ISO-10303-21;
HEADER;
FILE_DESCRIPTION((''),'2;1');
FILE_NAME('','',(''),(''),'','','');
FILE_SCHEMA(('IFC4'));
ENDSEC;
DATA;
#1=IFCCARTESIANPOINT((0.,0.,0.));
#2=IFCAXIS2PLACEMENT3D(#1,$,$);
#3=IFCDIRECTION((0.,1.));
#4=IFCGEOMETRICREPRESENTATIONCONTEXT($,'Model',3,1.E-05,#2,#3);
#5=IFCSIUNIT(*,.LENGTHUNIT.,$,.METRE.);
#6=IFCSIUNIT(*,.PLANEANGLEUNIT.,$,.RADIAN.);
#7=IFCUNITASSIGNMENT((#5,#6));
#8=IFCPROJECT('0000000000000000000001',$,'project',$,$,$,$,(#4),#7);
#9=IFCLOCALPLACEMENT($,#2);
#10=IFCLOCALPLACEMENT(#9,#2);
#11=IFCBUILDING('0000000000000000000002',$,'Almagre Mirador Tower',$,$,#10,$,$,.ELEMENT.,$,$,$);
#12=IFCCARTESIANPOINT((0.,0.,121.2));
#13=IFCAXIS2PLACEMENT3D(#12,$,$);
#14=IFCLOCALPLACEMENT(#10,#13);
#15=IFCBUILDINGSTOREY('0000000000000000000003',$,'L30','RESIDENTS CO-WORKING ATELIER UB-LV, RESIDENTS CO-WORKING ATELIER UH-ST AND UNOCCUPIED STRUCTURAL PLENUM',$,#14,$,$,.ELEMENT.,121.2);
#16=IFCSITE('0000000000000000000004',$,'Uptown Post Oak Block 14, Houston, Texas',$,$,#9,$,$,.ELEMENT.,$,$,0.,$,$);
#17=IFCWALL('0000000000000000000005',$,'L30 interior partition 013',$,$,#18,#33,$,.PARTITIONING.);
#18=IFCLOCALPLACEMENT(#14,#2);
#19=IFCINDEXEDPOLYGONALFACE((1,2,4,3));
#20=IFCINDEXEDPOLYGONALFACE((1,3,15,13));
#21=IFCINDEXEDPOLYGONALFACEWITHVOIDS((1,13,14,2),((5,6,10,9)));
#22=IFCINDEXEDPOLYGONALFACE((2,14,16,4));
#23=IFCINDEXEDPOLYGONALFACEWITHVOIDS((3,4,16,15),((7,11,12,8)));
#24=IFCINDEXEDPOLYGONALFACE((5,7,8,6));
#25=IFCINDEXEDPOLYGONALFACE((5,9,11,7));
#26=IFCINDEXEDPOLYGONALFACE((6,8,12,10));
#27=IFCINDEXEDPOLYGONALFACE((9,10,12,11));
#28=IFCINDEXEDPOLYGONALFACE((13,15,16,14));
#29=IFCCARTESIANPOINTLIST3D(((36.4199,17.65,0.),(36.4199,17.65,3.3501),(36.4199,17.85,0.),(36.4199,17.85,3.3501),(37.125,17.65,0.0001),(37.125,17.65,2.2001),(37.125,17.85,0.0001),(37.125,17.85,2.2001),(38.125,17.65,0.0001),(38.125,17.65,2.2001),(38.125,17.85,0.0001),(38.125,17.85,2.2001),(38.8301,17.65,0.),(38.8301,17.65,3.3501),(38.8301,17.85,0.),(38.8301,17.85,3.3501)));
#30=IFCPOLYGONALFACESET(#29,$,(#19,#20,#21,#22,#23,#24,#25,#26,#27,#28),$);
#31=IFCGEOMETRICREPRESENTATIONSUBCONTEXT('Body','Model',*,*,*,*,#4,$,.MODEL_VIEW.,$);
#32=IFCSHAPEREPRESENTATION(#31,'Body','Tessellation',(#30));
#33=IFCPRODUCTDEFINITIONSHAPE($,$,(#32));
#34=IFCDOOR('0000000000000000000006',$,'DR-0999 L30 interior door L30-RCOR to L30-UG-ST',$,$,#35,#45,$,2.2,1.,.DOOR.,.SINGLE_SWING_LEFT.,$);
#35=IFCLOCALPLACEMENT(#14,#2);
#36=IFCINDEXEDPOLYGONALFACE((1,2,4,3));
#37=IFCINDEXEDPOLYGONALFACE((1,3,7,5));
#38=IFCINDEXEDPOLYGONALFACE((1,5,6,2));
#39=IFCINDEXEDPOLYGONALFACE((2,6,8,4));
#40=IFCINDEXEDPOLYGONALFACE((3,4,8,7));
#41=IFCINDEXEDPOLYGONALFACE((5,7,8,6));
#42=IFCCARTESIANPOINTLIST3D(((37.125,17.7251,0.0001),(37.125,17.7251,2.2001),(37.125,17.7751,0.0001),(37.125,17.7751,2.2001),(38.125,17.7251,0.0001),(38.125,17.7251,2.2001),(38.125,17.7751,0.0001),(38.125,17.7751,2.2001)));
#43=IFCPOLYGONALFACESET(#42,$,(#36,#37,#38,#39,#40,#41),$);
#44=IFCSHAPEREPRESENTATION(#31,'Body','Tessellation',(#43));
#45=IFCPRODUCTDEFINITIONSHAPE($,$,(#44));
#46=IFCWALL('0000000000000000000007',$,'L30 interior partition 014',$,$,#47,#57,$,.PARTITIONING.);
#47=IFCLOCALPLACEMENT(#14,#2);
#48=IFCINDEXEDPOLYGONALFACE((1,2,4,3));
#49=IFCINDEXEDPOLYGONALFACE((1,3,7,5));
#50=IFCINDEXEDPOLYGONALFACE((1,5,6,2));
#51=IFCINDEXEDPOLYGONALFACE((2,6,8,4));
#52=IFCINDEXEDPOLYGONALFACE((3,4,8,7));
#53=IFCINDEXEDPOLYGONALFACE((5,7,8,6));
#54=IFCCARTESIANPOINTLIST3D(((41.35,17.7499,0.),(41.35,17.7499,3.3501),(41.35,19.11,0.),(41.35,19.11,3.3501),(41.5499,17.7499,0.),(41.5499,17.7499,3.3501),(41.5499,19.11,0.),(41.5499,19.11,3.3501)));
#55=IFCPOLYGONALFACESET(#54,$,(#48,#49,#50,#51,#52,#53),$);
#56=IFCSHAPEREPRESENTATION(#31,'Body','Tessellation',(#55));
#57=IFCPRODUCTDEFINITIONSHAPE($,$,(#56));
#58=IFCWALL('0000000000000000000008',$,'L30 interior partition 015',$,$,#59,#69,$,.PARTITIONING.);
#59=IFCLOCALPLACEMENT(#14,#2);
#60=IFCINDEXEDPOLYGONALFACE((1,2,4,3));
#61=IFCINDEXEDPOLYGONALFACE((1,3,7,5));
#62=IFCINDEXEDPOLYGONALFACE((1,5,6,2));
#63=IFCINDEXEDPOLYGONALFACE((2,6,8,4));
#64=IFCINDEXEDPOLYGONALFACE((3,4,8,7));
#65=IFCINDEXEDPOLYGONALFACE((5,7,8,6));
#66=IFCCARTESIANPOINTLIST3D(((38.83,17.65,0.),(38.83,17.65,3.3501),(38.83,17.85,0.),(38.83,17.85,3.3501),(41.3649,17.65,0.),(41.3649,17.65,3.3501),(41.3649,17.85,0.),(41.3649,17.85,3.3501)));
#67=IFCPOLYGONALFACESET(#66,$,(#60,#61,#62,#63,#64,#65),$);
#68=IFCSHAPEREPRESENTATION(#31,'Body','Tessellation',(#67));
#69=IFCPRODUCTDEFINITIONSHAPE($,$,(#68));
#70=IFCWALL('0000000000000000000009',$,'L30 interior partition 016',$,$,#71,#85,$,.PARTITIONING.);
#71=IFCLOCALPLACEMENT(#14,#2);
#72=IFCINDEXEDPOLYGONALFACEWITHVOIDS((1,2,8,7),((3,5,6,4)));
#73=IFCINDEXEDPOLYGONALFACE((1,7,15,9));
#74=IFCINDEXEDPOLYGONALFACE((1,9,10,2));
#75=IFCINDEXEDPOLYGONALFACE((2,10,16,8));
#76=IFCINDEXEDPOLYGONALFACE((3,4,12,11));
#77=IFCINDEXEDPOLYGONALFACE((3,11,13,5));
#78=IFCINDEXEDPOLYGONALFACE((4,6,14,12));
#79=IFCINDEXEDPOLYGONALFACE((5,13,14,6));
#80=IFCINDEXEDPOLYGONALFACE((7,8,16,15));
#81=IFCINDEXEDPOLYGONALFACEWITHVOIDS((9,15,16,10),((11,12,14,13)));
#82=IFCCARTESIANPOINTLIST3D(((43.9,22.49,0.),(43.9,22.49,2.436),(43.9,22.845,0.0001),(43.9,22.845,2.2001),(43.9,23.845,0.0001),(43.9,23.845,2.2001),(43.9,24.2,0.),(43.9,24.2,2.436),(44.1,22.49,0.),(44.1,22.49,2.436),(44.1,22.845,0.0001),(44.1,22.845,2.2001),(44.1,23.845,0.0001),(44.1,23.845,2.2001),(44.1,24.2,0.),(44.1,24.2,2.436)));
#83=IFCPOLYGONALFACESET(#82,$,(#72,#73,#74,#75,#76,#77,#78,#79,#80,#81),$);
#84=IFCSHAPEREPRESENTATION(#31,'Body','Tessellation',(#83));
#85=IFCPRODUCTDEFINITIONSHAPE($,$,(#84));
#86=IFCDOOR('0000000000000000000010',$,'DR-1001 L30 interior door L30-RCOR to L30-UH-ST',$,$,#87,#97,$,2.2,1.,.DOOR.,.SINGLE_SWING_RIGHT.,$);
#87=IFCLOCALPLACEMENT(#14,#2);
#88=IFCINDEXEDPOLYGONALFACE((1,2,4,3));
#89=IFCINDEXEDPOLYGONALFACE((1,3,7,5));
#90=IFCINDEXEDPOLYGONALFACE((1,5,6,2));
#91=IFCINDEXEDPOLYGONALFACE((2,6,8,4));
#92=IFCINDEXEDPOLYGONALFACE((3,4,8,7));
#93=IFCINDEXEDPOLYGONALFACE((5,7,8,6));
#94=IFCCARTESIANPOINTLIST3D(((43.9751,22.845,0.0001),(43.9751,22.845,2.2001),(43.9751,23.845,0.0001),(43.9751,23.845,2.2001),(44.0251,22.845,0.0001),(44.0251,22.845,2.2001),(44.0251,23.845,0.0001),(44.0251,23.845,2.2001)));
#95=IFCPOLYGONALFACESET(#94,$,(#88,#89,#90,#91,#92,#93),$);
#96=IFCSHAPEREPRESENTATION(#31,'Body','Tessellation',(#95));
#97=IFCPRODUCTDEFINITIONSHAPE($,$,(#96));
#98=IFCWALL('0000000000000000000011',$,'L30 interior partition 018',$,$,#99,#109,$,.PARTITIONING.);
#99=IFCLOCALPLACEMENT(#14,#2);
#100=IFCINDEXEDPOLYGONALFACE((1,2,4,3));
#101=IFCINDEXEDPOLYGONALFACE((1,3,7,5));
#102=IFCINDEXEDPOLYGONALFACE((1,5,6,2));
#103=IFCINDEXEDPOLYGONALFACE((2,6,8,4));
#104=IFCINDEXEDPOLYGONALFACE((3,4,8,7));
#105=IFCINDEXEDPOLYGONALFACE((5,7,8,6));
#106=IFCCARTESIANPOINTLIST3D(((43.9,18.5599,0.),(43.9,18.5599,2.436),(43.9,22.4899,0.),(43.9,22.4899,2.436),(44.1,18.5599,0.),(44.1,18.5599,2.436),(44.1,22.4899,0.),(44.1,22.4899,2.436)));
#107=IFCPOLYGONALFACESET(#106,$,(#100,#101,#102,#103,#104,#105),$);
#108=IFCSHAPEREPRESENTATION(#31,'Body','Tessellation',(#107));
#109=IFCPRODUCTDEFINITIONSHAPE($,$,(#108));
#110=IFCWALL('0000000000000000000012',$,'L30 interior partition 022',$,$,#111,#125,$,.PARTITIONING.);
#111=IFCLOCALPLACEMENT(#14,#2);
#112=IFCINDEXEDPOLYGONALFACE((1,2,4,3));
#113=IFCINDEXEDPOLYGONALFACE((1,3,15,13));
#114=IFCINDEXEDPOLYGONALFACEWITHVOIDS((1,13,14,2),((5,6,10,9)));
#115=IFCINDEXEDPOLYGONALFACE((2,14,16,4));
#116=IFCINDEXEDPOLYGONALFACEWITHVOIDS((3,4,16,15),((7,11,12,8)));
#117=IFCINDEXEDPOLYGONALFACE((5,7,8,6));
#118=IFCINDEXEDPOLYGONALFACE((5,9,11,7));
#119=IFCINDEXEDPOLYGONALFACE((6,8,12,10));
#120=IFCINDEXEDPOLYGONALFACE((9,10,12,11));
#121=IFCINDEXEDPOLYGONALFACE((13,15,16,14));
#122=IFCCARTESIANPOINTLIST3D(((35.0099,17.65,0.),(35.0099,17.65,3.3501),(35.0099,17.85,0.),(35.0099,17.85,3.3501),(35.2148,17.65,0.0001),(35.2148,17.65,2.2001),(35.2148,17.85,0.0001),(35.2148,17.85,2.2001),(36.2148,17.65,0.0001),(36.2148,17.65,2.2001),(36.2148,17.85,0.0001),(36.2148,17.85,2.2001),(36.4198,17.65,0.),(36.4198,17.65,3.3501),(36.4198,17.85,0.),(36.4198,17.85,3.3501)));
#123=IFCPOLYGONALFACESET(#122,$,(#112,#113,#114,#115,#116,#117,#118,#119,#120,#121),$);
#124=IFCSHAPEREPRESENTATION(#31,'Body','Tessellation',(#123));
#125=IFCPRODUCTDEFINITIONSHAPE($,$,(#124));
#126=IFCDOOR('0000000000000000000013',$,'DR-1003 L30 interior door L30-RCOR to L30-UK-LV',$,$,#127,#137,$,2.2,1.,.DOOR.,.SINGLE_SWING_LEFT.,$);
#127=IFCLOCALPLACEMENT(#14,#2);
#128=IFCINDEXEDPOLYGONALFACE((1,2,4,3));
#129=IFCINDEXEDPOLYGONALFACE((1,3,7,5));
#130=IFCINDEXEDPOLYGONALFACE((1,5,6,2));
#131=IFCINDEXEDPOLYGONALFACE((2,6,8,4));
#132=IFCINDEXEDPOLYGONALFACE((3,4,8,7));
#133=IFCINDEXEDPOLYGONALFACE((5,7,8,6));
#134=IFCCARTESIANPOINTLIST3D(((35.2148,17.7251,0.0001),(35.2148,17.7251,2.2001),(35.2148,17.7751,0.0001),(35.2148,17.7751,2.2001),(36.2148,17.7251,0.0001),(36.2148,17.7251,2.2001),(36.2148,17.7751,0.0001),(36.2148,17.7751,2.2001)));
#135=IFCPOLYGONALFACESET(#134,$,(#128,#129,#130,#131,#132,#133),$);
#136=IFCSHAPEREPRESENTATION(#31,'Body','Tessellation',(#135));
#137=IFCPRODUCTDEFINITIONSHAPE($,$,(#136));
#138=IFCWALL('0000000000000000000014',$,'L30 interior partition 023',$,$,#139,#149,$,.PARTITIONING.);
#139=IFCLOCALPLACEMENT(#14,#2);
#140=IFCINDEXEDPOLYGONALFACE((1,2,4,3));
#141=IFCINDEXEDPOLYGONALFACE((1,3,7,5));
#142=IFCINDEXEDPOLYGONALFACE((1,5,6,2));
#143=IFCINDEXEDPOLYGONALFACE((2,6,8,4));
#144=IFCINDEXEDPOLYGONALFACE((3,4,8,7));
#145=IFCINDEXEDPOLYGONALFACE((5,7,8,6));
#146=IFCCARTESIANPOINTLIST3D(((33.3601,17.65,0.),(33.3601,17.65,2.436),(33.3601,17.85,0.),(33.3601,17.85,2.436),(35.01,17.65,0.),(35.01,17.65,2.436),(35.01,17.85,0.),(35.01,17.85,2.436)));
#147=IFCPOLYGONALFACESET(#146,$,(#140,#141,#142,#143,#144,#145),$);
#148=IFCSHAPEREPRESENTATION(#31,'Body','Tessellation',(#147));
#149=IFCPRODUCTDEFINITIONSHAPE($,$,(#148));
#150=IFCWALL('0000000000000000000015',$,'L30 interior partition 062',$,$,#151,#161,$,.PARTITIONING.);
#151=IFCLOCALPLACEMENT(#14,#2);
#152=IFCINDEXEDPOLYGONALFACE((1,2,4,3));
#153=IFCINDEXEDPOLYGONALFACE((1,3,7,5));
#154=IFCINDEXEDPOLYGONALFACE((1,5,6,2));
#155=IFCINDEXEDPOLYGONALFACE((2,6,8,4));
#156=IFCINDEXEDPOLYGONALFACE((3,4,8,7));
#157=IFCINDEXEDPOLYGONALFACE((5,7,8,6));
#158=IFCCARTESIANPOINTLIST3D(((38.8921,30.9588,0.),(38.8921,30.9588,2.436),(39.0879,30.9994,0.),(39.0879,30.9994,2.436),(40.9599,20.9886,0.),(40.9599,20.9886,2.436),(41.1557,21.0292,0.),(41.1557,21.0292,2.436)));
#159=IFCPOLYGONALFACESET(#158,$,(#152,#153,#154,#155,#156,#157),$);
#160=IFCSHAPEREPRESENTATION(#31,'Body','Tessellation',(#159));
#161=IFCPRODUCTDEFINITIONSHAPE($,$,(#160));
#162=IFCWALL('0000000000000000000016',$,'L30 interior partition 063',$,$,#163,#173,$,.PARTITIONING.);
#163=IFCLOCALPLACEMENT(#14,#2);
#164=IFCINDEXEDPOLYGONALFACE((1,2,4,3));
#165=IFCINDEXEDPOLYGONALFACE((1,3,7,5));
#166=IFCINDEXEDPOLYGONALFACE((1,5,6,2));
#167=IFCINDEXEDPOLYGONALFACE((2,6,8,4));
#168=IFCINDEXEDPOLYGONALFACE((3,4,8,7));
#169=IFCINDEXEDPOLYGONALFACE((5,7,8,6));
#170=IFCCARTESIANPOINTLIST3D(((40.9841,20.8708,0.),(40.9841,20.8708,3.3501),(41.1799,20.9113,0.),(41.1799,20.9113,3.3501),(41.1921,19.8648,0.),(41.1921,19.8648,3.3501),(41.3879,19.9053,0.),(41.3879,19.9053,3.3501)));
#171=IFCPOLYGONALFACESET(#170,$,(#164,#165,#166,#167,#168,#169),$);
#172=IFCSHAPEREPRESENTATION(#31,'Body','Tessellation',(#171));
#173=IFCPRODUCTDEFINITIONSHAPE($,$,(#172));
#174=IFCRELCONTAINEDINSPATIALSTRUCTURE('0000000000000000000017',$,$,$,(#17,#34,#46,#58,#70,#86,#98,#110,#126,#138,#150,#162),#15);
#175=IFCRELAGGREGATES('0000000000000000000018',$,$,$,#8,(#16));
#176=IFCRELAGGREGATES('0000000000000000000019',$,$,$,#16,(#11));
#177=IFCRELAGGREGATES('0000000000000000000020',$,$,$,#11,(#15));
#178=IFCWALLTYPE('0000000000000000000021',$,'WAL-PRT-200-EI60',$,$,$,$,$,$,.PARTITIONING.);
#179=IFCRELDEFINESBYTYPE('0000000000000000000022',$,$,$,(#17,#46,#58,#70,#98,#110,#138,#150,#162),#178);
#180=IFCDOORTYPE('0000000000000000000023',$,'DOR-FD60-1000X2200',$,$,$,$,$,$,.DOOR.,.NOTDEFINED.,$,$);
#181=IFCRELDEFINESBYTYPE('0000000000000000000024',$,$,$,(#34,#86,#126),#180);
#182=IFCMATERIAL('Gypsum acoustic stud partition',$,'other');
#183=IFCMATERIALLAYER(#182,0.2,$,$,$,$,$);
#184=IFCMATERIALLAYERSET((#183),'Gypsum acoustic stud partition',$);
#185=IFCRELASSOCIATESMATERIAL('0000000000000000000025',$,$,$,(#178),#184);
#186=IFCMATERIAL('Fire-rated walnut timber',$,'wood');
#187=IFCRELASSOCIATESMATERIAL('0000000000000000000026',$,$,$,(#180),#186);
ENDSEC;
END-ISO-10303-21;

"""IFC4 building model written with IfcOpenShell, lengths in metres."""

from ifc_helpers import new_model, si_unit, direction, frame, frame_2d, origin, place, context, subcontext, project, spatial, rectangle, extrude, material, layer, layer_set, type_object, element, fill, save


model = new_model("IFC4")

# Units and contexts
model_context = context("Model", 3, precision=1e-05, world=origin(), true_north=direction((0.0, 1.0)))
body_context = subcontext(model_context, "Body", "Model", "MODEL_VIEW")
ifc_project = project(units=[si_unit("LENGTHUNIT", "METRE"), si_unit("PLANEANGLEUNIT", "RADIAN")], contexts=[model_context])

# Site, building, storey
site_placement = place(None, origin())
site = spatial("IfcSite", under=ifc_project, at=site_placement, Name="Uptown Post Oak Block 14, Houston, Texas", CompositionType="ELEMENT", RefElevation=0.0)
building_placement = place(site_placement, origin())
building = spatial("IfcBuilding", under=site, at=building_placement, Name="Almagre Mirador Tower", CompositionType="ELEMENT")
storey_placement = place(building_placement, frame((0.0, 0.0, 121.2)))
storey = spatial("IfcBuildingStorey", under=building, at=storey_placement, Name="L30", Description="RESIDENTS CO-WORKING ATELIER UB-LV, RESIDENTS CO-WORKING ATELIER UH-ST AND UNOCCUPIED STRUCTURAL PLENUM", CompositionType="ELEMENT", Elevation=121.2)

# Shared definitions
ifc_material_1 = material(Name="Gypsum acoustic stud partition", Category="other")
ifc_layer_1 = layer(ifc_material_1, 0.2)
ifc_layer_set_1 = layer_set([ifc_layer_1], Name="Gypsum acoustic stud partition")
wall_type_1 = type_object("IfcWallType", Name="WAL-PRT-200-EI60", PredefinedType="PARTITIONING", material=ifc_layer_set_1)

# Wall, opening, door
wall_1_placement = place(storey_placement, frame((38.8301, 17.75, 0.0), z_axis=(0.0, 0.0, 1.0), x_axis=(-1.0, 0.0, 0.0)))
wall_1 = element("IfcWall", 1, at=wall_1_placement, inside=storey, type_object=wall_type_1, Name="L30 interior partition 013", PredefinedType="PARTITIONING", context=body_context, shape_type="SweptSolid", body=[
    extrude(rectangle(XDim=2.4102, YDim=0.2, at=frame_2d((1.2051, 0.0))), origin(), (0.0, 0.0, 1.0), 3.3501),
])
opening_1_placement = place(wall_1_placement, frame((0.7051, 0.0, 0.0)))
opening_1 = element("IfcOpeningElement", 2, at=opening_1_placement, cuts=wall_1, PredefinedType="OPENING", context=body_context, shape_type="SweptSolid", body=[
    extrude(rectangle(XDim=1.0, YDim=2.2, at=frame_2d((0.5, 1.1001))), frame((0.0, 0.1101, 0.0), z_axis=(0.0, -1.0, 0.0), x_axis=(1.0, 0.0, 0.0)), (0.0, 0.0, 1.0), 0.22),
])
ifc_material_2 = material(Name="Fire-rated walnut timber", Category="wood")
door_type_1 = type_object("IfcDoorType", Name="DOR-FD60-1000X2200", OperationType="NOTDEFINED", PredefinedType="DOOR", material=ifc_material_2)
door_1_placement = place(opening_1_placement, origin())
door_1 = element("IfcDoor", 3, at=door_1_placement, inside=storey, type_object=door_type_1, Name="DR-0999 L30 interior door L30-RCOR to L30-UG-ST", OperationType="SINGLE_SWING_LEFT", OverallHeight=2.2, OverallWidth=1.0, PredefinedType="DOOR", context=body_context, shape_type="SweptSolid", body=[
    extrude(rectangle(XDim=1.0, YDim=2.2, at=frame_2d((0.5, 1.1001))), frame((0.0, 0.0249, 0.0), z_axis=(0.0, -1.0, 0.0), x_axis=(1.0, 0.0, 0.0)), (0.0, 0.0, 1.0), 0.05),
])
fill(opening_1, door_1)

# Walls
wall_2_placement = place(storey_placement, frame((41.45, 19.1101, 0.0), z_axis=(0.0, 0.0, 1.0), x_axis=(0.0, -1.0, 0.0)))
element("IfcWall", 4, at=wall_2_placement, inside=storey, type_object=wall_type_1, Name="L30 interior partition 014", PredefinedType="PARTITIONING", context=body_context, shape_type="SweptSolid", body=[
    extrude(rectangle(XDim=1.3601, YDim=0.2, at=frame_2d((0.6802, 0.0))), origin(), (0.0, 0.0, 1.0), 3.3501),
])
wall_3_placement = place(storey_placement, frame((41.365, 17.75, 0.0), z_axis=(0.0, 0.0, 1.0), x_axis=(-1.0, 0.0, 0.0)))
element("IfcWall", 5, at=wall_3_placement, inside=storey, type_object=wall_type_1, Name="L30 interior partition 015", PredefinedType="PARTITIONING", context=body_context, shape_type="SweptSolid", body=[
    extrude(rectangle(XDim=2.5349, YDim=0.2, at=frame_2d((1.2676, 0.0))), origin(), (0.0, 0.0, 1.0), 3.3501),
])

# Wall, opening, door
wall_4_placement = place(storey_placement, frame((44.0, 22.49, 0.0), z_axis=(0.0, 0.0, 1.0), x_axis=(0.0, 1.0, 0.0)))
wall_4 = element("IfcWall", 6, at=wall_4_placement, inside=storey, type_object=wall_type_1, Name="L30 interior partition 016", PredefinedType="PARTITIONING", context=body_context, shape_type="SweptSolid", body=[
    extrude(rectangle(XDim=1.71, YDim=0.2, at=frame_2d((0.855, 0.0))), origin(), (0.0, 0.0, 1.0), 2.436),
])
opening_2_placement = place(wall_4_placement, frame((0.355, 0.0, 0.0)))
opening_2 = element("IfcOpeningElement", 7, at=opening_2_placement, cuts=wall_4, PredefinedType="OPENING", context=body_context, shape_type="SweptSolid", body=[
    extrude(rectangle(XDim=1.0, YDim=2.2, at=frame_2d((0.5, 1.1001))), frame((0.0, 0.1101, 0.0), z_axis=(0.0, -1.0, 0.0), x_axis=(1.0, 0.0, 0.0)), (0.0, 0.0, 1.0), 0.22),
])
door_2_placement = place(opening_2_placement, origin())
door_2 = element("IfcDoor", 8, at=door_2_placement, inside=storey, type_object=door_type_1, Name="DR-1001 L30 interior door L30-RCOR to L30-UH-ST", OperationType="SINGLE_SWING_RIGHT", OverallHeight=2.2, OverallWidth=1.0, PredefinedType="DOOR", context=body_context, shape_type="SweptSolid", body=[
    extrude(rectangle(XDim=1.0, YDim=2.2, at=frame_2d((0.5, 1.1001))), frame((0.0, 0.0249, 0.0), z_axis=(0.0, -1.0, 0.0), x_axis=(1.0, 0.0, 0.0)), (0.0, 0.0, 1.0), 0.05),
])
fill(opening_2, door_2)

# Wall
wall_5_placement = place(storey_placement, frame((44.0, 18.5601, 0.0), z_axis=(0.0, 0.0, 1.0), x_axis=(0.0, 1.0, 0.0)))
element("IfcWall", 9, at=wall_5_placement, inside=storey, type_object=wall_type_1, Name="L30 interior partition 018", PredefinedType="PARTITIONING", context=body_context, shape_type="SweptSolid", body=[
    extrude(rectangle(XDim=3.9299, YDim=0.2, at=frame_2d((1.9648, 0.0))), origin(), (0.0, 0.0, 1.0), 2.436),
])

# Wall, opening, door
wall_6_placement = place(storey_placement, frame((36.4199, 17.75, 0.0), z_axis=(0.0, 0.0, 1.0), x_axis=(-1.0, 0.0, 0.0)))
wall_6 = element("IfcWall", 10, at=wall_6_placement, inside=storey, type_object=wall_type_1, Name="L30 interior partition 022", PredefinedType="PARTITIONING", context=body_context, shape_type="SweptSolid", body=[
    extrude(rectangle(XDim=1.4099, YDim=0.2, at=frame_2d((0.7051, 0.0))), origin(), (0.0, 0.0, 1.0), 3.3501),
])
opening_3_placement = place(wall_6_placement, frame((0.2051, 0.0, 0.0)))
opening_3 = element("IfcOpeningElement", 11, at=opening_3_placement, cuts=wall_6, PredefinedType="OPENING", context=body_context, shape_type="SweptSolid", body=[
    extrude(rectangle(XDim=1.0, YDim=2.2, at=frame_2d((0.5, 1.1001))), frame((0.0, 0.1101, 0.0), z_axis=(0.0, -1.0, 0.0), x_axis=(1.0, 0.0, 0.0)), (0.0, 0.0, 1.0), 0.22),
])
door_3_placement = place(opening_3_placement, origin())
door_3 = element("IfcDoor", 12, at=door_3_placement, inside=storey, type_object=door_type_1, Name="DR-1003 L30 interior door L30-RCOR to L30-UK-LV", OperationType="SINGLE_SWING_LEFT", OverallHeight=2.2, OverallWidth=1.0, PredefinedType="DOOR", context=body_context, shape_type="SweptSolid", body=[
    extrude(rectangle(XDim=1.0, YDim=2.2, at=frame_2d((0.5, 1.1001))), frame((0.0, 0.0249, 0.0), z_axis=(0.0, -1.0, 0.0), x_axis=(1.0, 0.0, 0.0)), (0.0, 0.0, 1.0), 0.05),
])
fill(opening_3, door_3)

# Walls
wall_7_placement = place(storey_placement, frame((35.01, 17.75, 0.0), z_axis=(0.0, 0.0, 1.0), x_axis=(-1.0, 0.0, 0.0)))
element("IfcWall", 13, at=wall_7_placement, inside=storey, type_object=wall_type_1, Name="L30 interior partition 023", PredefinedType="PARTITIONING", context=body_context, shape_type="SweptSolid", body=[
    extrude(rectangle(XDim=1.6499, YDim=0.2, at=frame_2d((0.825, 0.0))), origin(), (0.0, 0.0, 1.0), 2.436),
])
wall_8_placement = place(storey_placement, frame((41.0579, 21.0088, 0.0), z_axis=(0.0, 0.0, 1.0), x_axis=(-0.203083, 0.979162, 0.0)))
element("IfcWall", 14, at=wall_8_placement, inside=storey, type_object=wall_type_1, Name="L30 interior partition 062", PredefinedType="PARTITIONING", context=body_context, shape_type="SweptSolid", body=[
    extrude(rectangle(XDim=10.1824, YDim=0.2, at=frame_2d((5.0913, 0.0))), origin(), (0.0, 0.0, 1.0), 2.436),
])
wall_9_placement = place(storey_placement, frame((41.29, 19.885, 0.0), z_axis=(0.0, 0.0, 1.0), x_axis=(-0.202464, 0.97929, 0.0)))
element("IfcWall", 15, at=wall_9_placement, inside=storey, type_object=wall_type_1, Name="L30 interior partition 063", PredefinedType="PARTITIONING", context=body_context, shape_type="SweptSolid", body=[
    extrude(rectangle(XDim=1.0273, YDim=0.2, at=frame_2d((0.5137, 0.0))), origin(), (0.0, 0.0, 1.0), 3.3501),
])

save(model, "model.ifc")
